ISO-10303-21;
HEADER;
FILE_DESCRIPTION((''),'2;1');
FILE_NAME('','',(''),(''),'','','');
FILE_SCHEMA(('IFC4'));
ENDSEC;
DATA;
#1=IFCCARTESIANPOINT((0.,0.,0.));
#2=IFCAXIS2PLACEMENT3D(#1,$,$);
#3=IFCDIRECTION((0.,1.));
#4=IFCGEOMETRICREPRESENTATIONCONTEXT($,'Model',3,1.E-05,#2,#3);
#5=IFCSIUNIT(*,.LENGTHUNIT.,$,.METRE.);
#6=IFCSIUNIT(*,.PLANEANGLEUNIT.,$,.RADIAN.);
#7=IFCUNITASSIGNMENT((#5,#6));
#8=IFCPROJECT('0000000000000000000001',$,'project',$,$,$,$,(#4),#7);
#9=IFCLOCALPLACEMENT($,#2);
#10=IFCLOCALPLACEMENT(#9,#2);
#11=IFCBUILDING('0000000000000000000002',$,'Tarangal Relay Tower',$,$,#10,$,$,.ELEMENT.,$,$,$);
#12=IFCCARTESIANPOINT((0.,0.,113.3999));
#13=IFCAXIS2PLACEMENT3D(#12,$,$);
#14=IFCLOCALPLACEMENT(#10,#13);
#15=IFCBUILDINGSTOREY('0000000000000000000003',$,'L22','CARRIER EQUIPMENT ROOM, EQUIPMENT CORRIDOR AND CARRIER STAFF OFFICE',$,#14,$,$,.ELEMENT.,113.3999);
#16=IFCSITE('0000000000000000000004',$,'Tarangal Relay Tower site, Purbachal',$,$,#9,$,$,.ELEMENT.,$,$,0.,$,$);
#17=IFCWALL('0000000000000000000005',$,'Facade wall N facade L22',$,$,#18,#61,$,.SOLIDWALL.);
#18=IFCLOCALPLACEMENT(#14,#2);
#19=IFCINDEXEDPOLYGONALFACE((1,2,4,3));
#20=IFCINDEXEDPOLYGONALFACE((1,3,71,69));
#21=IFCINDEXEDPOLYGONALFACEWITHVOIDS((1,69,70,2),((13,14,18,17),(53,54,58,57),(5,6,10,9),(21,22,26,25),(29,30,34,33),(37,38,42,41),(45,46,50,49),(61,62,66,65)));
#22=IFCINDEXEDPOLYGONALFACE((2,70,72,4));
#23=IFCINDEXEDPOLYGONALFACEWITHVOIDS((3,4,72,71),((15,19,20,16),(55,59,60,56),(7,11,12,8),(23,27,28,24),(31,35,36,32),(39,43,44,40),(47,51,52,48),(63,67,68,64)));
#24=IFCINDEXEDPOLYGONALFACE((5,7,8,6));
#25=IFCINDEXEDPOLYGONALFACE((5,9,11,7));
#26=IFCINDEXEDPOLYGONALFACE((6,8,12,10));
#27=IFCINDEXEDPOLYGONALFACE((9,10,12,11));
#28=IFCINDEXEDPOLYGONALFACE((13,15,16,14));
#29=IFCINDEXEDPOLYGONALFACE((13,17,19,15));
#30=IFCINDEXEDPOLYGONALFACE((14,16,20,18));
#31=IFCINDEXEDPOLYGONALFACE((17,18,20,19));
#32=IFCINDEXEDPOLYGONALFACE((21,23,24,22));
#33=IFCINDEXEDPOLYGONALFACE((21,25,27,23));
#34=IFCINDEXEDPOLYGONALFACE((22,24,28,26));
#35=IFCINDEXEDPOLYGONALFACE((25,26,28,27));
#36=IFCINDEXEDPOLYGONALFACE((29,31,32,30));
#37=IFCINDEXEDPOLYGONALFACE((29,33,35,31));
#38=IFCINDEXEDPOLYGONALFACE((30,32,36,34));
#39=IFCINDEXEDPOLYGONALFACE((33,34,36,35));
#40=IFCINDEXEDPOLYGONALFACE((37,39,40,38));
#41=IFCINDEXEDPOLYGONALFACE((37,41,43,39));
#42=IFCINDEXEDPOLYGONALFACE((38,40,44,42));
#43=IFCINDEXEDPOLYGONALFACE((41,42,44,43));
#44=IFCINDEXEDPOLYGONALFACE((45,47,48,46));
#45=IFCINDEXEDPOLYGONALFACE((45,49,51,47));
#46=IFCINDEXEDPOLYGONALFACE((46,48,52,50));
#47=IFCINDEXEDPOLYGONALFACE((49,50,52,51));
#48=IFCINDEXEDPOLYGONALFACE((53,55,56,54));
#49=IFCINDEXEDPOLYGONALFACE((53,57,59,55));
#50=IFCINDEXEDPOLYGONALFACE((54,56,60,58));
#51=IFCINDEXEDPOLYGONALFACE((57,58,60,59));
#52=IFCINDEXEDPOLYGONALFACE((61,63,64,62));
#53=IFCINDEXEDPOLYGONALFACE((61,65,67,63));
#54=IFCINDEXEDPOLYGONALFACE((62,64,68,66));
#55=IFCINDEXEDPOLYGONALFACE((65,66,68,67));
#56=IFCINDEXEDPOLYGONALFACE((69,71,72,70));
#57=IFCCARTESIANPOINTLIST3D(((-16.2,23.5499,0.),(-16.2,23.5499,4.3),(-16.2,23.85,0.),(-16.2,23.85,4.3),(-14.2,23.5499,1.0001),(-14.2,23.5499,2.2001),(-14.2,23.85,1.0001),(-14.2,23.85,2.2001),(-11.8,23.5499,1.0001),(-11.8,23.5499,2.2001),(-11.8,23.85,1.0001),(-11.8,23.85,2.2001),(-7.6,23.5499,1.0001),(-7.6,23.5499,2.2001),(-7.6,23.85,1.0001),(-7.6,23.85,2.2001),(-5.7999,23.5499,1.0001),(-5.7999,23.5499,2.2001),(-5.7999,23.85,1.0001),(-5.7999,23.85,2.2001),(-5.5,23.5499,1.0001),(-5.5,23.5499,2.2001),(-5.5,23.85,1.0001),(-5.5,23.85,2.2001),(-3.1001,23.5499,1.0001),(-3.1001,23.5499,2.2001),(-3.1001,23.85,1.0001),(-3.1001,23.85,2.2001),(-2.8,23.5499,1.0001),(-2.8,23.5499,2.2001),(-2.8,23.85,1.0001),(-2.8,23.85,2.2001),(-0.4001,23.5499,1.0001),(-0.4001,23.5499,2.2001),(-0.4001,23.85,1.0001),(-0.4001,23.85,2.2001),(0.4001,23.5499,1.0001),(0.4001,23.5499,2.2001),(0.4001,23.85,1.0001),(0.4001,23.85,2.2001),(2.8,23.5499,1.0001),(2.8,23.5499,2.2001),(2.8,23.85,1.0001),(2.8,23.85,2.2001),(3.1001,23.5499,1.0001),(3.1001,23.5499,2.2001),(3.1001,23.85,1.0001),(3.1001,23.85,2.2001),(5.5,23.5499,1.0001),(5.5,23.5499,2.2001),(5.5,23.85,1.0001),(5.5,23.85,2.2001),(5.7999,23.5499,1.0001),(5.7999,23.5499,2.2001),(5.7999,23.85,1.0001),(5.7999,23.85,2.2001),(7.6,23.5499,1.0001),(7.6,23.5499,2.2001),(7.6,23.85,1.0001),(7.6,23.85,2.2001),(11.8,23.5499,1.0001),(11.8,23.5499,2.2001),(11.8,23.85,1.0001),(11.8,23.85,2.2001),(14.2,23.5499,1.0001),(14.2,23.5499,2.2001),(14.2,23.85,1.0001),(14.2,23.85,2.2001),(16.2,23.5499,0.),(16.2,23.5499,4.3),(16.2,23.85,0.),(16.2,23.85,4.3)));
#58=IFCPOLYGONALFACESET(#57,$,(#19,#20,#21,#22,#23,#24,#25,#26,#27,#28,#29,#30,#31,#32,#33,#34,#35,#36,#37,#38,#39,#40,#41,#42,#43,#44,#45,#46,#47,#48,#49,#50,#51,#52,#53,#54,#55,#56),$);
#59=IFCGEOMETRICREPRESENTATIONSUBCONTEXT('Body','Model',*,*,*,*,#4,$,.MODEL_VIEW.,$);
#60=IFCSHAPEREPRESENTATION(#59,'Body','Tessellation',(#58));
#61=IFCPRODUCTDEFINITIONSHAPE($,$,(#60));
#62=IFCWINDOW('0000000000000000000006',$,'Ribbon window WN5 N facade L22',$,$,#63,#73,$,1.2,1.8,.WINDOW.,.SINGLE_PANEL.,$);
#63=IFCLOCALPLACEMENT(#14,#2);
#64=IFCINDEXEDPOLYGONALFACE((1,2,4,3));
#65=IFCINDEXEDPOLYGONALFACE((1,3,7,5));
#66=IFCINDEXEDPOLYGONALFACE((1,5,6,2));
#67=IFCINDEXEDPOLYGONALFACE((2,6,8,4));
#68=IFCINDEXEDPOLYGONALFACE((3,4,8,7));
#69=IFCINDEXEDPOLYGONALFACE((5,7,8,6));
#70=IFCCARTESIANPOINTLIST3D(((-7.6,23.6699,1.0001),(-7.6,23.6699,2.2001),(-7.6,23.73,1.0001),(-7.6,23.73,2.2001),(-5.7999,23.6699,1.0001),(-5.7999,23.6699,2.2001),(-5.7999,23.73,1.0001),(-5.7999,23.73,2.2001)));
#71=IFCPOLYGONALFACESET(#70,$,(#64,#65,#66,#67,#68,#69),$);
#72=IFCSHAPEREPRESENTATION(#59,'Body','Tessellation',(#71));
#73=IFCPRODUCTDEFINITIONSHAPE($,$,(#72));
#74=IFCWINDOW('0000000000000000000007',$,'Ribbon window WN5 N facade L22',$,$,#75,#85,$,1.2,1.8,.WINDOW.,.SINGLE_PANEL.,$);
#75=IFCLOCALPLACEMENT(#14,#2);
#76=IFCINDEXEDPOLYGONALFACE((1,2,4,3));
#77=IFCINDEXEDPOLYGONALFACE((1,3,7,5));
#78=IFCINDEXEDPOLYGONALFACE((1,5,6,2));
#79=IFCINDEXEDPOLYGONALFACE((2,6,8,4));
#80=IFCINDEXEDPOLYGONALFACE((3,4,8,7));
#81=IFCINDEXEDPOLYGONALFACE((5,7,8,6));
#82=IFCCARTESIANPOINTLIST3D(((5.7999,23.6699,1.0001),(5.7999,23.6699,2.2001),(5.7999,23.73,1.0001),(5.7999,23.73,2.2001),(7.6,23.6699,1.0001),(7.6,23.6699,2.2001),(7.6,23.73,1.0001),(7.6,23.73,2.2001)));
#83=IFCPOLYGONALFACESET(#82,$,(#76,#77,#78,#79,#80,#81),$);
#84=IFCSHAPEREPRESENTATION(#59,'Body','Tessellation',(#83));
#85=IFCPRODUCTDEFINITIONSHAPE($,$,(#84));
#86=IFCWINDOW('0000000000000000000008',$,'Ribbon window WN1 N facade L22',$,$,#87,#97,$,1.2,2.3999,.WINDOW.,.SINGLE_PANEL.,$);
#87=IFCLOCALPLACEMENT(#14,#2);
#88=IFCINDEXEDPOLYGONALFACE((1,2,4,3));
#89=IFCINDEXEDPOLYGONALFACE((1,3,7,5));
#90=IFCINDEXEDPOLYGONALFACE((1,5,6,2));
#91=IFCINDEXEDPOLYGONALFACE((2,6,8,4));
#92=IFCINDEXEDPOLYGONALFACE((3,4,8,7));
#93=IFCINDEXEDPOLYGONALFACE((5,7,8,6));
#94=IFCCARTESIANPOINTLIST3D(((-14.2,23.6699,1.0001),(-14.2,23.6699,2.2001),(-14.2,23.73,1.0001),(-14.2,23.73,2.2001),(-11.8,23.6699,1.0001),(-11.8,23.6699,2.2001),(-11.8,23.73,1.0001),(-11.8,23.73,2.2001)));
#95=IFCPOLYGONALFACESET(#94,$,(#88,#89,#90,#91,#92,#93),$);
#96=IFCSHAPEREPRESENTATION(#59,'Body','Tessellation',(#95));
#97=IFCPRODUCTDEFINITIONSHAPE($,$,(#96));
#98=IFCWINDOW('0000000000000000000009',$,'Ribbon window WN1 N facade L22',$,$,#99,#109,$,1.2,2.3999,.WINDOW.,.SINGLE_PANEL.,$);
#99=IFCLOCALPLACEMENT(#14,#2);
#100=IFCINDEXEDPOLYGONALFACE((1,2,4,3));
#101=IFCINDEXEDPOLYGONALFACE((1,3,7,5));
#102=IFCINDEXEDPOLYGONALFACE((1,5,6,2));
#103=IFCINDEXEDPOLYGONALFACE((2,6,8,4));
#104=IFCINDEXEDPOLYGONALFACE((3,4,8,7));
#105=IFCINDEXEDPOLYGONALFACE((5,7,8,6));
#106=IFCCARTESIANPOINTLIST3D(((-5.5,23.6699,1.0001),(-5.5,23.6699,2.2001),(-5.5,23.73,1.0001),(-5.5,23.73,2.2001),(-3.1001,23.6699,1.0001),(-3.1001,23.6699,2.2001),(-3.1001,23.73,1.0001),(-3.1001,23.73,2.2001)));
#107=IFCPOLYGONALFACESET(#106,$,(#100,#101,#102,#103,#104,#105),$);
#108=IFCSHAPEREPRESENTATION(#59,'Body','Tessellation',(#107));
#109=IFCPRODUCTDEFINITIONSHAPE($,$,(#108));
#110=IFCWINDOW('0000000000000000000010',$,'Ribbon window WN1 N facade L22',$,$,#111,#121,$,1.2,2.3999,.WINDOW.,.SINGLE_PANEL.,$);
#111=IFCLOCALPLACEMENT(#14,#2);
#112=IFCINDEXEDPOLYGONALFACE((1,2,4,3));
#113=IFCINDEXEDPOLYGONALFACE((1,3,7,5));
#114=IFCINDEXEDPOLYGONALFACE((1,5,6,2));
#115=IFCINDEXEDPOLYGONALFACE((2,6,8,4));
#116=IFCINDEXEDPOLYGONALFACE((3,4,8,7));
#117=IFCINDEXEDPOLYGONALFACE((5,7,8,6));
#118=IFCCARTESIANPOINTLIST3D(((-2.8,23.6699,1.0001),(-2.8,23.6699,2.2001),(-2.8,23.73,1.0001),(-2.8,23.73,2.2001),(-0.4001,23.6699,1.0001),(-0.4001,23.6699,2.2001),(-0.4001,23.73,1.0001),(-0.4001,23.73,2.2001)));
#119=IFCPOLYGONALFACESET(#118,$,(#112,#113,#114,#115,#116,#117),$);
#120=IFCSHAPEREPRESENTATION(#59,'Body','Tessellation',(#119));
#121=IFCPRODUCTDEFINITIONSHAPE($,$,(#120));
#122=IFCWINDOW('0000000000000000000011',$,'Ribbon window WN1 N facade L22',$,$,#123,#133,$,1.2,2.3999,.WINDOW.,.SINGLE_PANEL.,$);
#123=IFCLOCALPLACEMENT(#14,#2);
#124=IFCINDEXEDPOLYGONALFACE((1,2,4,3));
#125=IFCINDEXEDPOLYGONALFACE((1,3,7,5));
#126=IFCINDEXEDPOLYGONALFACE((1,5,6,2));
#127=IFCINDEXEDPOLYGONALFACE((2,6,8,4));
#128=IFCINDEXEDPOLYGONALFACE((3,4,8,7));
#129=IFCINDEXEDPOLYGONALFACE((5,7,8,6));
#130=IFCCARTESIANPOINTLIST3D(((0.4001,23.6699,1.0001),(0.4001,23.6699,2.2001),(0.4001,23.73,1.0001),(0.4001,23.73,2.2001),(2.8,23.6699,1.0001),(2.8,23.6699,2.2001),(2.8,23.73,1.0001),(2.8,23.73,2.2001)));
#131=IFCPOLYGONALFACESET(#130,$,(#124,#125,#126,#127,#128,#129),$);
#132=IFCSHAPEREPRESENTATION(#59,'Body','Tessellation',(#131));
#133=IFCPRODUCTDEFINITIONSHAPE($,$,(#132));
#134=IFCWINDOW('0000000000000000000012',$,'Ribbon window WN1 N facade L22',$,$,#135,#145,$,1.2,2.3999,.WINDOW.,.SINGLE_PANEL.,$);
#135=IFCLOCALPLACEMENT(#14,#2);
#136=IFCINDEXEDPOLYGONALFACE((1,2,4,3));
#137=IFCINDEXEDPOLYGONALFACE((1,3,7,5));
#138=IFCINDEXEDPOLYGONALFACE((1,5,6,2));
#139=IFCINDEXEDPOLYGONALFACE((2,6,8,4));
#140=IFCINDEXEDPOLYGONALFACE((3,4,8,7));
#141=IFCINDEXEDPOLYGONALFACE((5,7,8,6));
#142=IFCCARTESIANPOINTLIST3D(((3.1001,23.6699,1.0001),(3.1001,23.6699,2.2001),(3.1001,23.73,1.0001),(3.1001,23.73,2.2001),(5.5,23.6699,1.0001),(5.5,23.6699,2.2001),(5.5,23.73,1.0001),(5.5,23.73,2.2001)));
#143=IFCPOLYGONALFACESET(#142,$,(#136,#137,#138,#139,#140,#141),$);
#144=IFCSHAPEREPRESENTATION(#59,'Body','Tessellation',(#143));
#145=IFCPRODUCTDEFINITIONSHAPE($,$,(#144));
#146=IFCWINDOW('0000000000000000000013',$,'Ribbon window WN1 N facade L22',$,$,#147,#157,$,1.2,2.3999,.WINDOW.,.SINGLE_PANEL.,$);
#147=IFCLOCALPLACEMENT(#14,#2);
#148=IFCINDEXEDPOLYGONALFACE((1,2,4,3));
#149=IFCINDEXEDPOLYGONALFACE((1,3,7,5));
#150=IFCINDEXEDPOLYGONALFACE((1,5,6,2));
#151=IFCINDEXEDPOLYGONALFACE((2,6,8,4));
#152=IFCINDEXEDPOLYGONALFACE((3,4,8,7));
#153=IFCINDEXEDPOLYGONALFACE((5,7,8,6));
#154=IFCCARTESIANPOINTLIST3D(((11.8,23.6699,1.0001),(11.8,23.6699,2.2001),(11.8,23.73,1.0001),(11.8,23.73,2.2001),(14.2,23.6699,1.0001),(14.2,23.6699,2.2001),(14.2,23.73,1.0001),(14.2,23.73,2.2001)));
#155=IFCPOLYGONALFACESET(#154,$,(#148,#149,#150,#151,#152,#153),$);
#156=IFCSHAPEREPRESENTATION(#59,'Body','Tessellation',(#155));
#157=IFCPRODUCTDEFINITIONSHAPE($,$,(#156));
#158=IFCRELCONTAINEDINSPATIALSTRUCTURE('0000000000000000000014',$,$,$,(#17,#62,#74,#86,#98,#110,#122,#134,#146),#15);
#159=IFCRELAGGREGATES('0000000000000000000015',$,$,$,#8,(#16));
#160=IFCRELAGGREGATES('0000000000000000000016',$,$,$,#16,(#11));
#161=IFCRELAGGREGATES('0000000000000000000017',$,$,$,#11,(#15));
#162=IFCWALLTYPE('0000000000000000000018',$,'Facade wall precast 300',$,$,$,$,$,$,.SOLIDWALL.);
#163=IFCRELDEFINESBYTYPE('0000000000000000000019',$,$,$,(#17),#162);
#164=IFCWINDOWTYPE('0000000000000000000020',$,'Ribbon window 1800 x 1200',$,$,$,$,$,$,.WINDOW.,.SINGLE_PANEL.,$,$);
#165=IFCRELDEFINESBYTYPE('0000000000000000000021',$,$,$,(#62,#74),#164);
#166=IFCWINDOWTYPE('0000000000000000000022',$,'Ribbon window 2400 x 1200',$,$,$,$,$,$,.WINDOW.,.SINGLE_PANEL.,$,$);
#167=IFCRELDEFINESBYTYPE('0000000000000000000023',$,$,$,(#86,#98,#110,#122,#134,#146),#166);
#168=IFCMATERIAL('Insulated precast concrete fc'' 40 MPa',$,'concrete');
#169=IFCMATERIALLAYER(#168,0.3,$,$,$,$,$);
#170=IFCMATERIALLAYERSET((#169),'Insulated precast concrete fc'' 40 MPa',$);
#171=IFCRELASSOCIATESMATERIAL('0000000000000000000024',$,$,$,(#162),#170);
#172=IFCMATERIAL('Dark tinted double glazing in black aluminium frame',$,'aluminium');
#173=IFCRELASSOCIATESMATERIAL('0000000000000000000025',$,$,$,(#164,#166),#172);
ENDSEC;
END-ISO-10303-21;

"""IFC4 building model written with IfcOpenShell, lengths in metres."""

from ifc_helpers import new_model, si_unit, direction, frame, frame_2d, origin, place, context, subcontext, project, spatial, rectangle, extrude, material, layer, layer_set, type_object, element, fill, save


model = new_model("IFC4")

# Units and contexts
model_context = context("Model", 3, precision=1e-05, world=origin(), true_north=direction((0.0, 1.0)))
body_context = subcontext(model_context, "Body", "Model", "MODEL_VIEW")
ifc_project = project(units=[si_unit("LENGTHUNIT", "METRE"), si_unit("PLANEANGLEUNIT", "RADIAN")], contexts=[model_context])

# Site, building, storey
site_placement = place(None, origin())
site = spatial("IfcSite", under=ifc_project, at=site_placement, Name="Tarangal Relay Tower site, Purbachal", CompositionType="ELEMENT", RefElevation=0.0)
building_placement = place(site_placement, origin())
building = spatial("IfcBuilding", under=site, at=building_placement, Name="Tarangal Relay Tower", CompositionType="ELEMENT")
storey_placement = place(building_placement, frame((0.0, 0.0, 113.3999)))
storey = spatial("IfcBuildingStorey", under=building, at=storey_placement, Name="L22", Description="CARRIER EQUIPMENT ROOM, EQUIPMENT CORRIDOR AND CARRIER STAFF OFFICE", CompositionType="ELEMENT", Elevation=113.3999)

# Wall, openings, windows
ifc_material_1 = material(Name="Insulated precast concrete fc' 40 MPa", Category="concrete")
ifc_layer_1 = layer(ifc_material_1, 0.3)
ifc_layer_set_1 = layer_set([ifc_layer_1], Name="Insulated precast concrete fc' 40 MPa")
wall_type_1 = type_object("IfcWallType", Name="Facade wall precast 300", PredefinedType="SOLIDWALL", material=ifc_layer_set_1)
wall_1_placement = place(storey_placement, frame((-16.2, 23.7, 0.0), z_axis=(0.0, 0.0, 1.0), x_axis=(1.0, 0.0, 0.0)))
wall_1 = element("IfcWall", 1, at=wall_1_placement, inside=storey, type_object=wall_type_1, Name="Facade wall N facade L22", PredefinedType="SOLIDWALL", context=body_context, shape_type="SweptSolid", body=[
    extrude(rectangle(XDim=32.3999, YDim=0.3, at=frame_2d((16.2, 0.0))), origin(), (0.0, 0.0, 1.0), 4.3),
])
opening_1_placement = place(wall_1_placement, frame((2.0, 0.0, 1.0)))
opening_1 = element("IfcOpeningElement", 2, at=opening_1_placement, cuts=wall_1, PredefinedType="OPENING", context=body_context, shape_type="SweptSolid", body=[
    extrude(rectangle(XDim=2.3999, YDim=1.2, at=frame_2d((1.2, 0.6001))), frame((0.0, 0.1599, 0.0), z_axis=(0.0, -1.0, 0.0), x_axis=(1.0, 0.0, 0.0)), (0.0, 0.0, 1.0), 0.3201),
])
opening_2_placement = place(wall_1_placement, frame((8.6001, 0.0, 1.0)))
opening_2 = element("IfcOpeningElement", 3, at=opening_2_placement, cuts=wall_1, PredefinedType="OPENING", context=body_context, shape_type="SweptSolid", body=[
    extrude(rectangle(XDim=1.8, YDim=1.2, at=frame_2d((0.8999, 0.6001))), frame((0.0, 0.1599, 0.0), z_axis=(0.0, -1.0, 0.0), x_axis=(1.0, 0.0, 0.0)), (0.0, 0.0, 1.0), 0.3201),
])
opening_3_placement = place(wall_1_placement, frame((10.7, 0.0, 1.0)))
opening_3 = element("IfcOpeningElement", 4, at=opening_3_placement, cuts=wall_1, PredefinedType="OPENING", context=body_context, shape_type="SweptSolid", body=[
    extrude(rectangle(XDim=2.3999, YDim=1.2, at=frame_2d((1.2, 0.6001))), frame((0.0, 0.1599, 0.0), z_axis=(0.0, -1.0, 0.0), x_axis=(1.0, 0.0, 0.0)), (0.0, 0.0, 1.0), 0.3201),
])
opening_4_placement = place(wall_1_placement, frame((13.3999, 0.0, 1.0)))
opening_4 = element("IfcOpeningElement", 5, at=opening_4_placement, cuts=wall_1, PredefinedType="OPENING", context=body_context, shape_type="SweptSolid", body=[
    extrude(rectangle(XDim=2.3999, YDim=1.2, at=frame_2d((1.2, 0.6001))), frame((0.0, 0.1599, 0.0), z_axis=(0.0, -1.0, 0.0), x_axis=(1.0, 0.0, 0.0)), (0.0, 0.0, 1.0), 0.3201),
])
opening_5_placement = place(wall_1_placement, frame((16.6001, 0.0, 1.0)))
opening_5 = element("IfcOpeningElement", 6, at=opening_5_placement, cuts=wall_1, PredefinedType="OPENING", context=body_context, shape_type="SweptSolid", body=[
    extrude(rectangle(XDim=2.3999, YDim=1.2, at=frame_2d((1.2, 0.6001))), frame((0.0, 0.1599, 0.0), z_axis=(0.0, -1.0, 0.0), x_axis=(1.0, 0.0, 0.0)), (0.0, 0.0, 1.0), 0.3201),
])
opening_6_placement = place(wall_1_placement, frame((19.3, 0.0, 1.0)))
opening_6 = element("IfcOpeningElement", 7, at=opening_6_placement, cuts=wall_1, PredefinedType="OPENING", context=body_context, shape_type="SweptSolid", body=[
    extrude(rectangle(XDim=2.3999, YDim=1.2, at=frame_2d((1.2, 0.6001))), frame((0.0, 0.1599, 0.0), z_axis=(0.0, -1.0, 0.0), x_axis=(1.0, 0.0, 0.0)), (0.0, 0.0, 1.0), 0.3201),
])
opening_7_placement = place(wall_1_placement, frame((22.0, 0.0, 1.0)))
opening_7 = element("IfcOpeningElement", 8, at=opening_7_placement, cuts=wall_1, PredefinedType="OPENING", context=body_context, shape_type="SweptSolid", body=[
    extrude(rectangle(XDim=1.8, YDim=1.2, at=frame_2d((0.8999, 0.6001))), frame((0.0, 0.1599, 0.0), z_axis=(0.0, -1.0, 0.0), x_axis=(1.0, 0.0, 0.0)), (0.0, 0.0, 1.0), 0.3201),
])
opening_8_placement = place(wall_1_placement, frame((28.0, 0.0, 1.0)))
opening_8 = element("IfcOpeningElement", 9, at=opening_8_placement, cuts=wall_1, PredefinedType="OPENING", context=body_context, shape_type="SweptSolid", body=[
    extrude(rectangle(XDim=2.3999, YDim=1.2, at=frame_2d((1.2, 0.6001))), frame((0.0, 0.1599, 0.0), z_axis=(0.0, -1.0, 0.0), x_axis=(1.0, 0.0, 0.0)), (0.0, 0.0, 1.0), 0.3201),
])
ifc_material_2 = material(Name="Dark tinted double glazing in black aluminium frame", Category="aluminium")
window_type_1 = type_object("IfcWindowType", Name="Ribbon window 1800 x 1200", PartitioningType="SINGLE_PANEL", PredefinedType="WINDOW", material=ifc_material_2)
window_1_placement = place(opening_2_placement, origin())
window_1 = element("IfcWindow", 10, at=window_1_placement, inside=storey, type_object=window_type_1, Name="Ribbon window WN5 N facade L22", OverallHeight=1.2, OverallWidth=1.8, PartitioningType="SINGLE_PANEL", PredefinedType="WINDOW", context=body_context, shape_type="SweptSolid", body=[
    extrude(rectangle(XDim=1.8, YDim=1.2, at=frame_2d((0.8999, 0.6001))), frame((0.0, 0.03, 0.0), z_axis=(0.0, -1.0, 0.0), x_axis=(1.0, 0.0, 0.0)), (0.0, 0.0, 1.0), 0.0601),
])
fill(opening_2, window_1)
window_2_placement = place(opening_7_placement, origin())
window_2 = element("IfcWindow", 11, at=window_2_placement, inside=storey, type_object=window_type_1, Name="Ribbon window WN5 N facade L22", OverallHeight=1.2, OverallWidth=1.8, PartitioningType="SINGLE_PANEL", PredefinedType="WINDOW", context=body_context, shape_type="SweptSolid", body=[
    extrude(rectangle(XDim=1.8, YDim=1.2, at=frame_2d((0.8999, 0.6001))), frame((0.0, 0.03, 0.0), z_axis=(0.0, -1.0, 0.0), x_axis=(1.0, 0.0, 0.0)), (0.0, 0.0, 1.0), 0.0601),
])
fill(opening_7, window_2)
window_type_2 = type_object("IfcWindowType", Name="Ribbon window 2400 x 1200", PartitioningType="SINGLE_PANEL", PredefinedType="WINDOW", material=ifc_material_2)
window_3_placement = place(opening_1_placement, origin())
window_3 = element("IfcWindow", 12, at=window_3_placement, inside=storey, type_object=window_type_2, Name="Ribbon window WN1 N facade L22", OverallHeight=1.2, OverallWidth=2.3999, PartitioningType="SINGLE_PANEL", PredefinedType="WINDOW", context=body_context, shape_type="SweptSolid", body=[
    extrude(rectangle(XDim=2.3999, YDim=1.2, at=frame_2d((1.2, 0.6001))), frame((0.0, 0.03, 0.0), z_axis=(0.0, -1.0, 0.0), x_axis=(1.0, 0.0, 0.0)), (0.0, 0.0, 1.0), 0.0601),
])
fill(opening_1, window_3)
window_4_placement = place(opening_3_placement, origin())
window_4 = element("IfcWindow", 13, at=window_4_placement, inside=storey, type_object=window_type_2, Name="Ribbon window WN1 N facade L22", OverallHeight=1.2, OverallWidth=2.3999, PartitioningType="SINGLE_PANEL", PredefinedType="WINDOW", context=body_context, shape_type="SweptSolid", body=[
    extrude(rectangle(XDim=2.3999, YDim=1.2, at=frame_2d((1.2, 0.6001))), frame((0.0, 0.03, 0.0), z_axis=(0.0, -1.0, 0.0), x_axis=(1.0, 0.0, 0.0)), (0.0, 0.0, 1.0), 0.0601),
])
fill(opening_3, window_4)
window_5_placement = place(opening_4_placement, origin())
window_5 = element("IfcWindow", 14, at=window_5_placement, inside=storey, type_object=window_type_2, Name="Ribbon window WN1 N facade L22", OverallHeight=1.2, OverallWidth=2.3999, PartitioningType="SINGLE_PANEL", PredefinedType="WINDOW", context=body_context, shape_type="SweptSolid", body=[
    extrude(rectangle(XDim=2.3999, YDim=1.2, at=frame_2d((1.2, 0.6001))), frame((0.0, 0.03, 0.0), z_axis=(0.0, -1.0, 0.0), x_axis=(1.0, 0.0, 0.0)), (0.0, 0.0, 1.0), 0.0601),
])
fill(opening_4, window_5)
window_6_placement = place(opening_5_placement, origin())
window_6 = element("IfcWindow", 15, at=window_6_placement, inside=storey, type_object=window_type_2, Name="Ribbon window WN1 N facade L22", OverallHeight=1.2, OverallWidth=2.3999, PartitioningType="SINGLE_PANEL", PredefinedType="WINDOW", context=body_context, shape_type="SweptSolid", body=[
    extrude(rectangle(XDim=2.3999, YDim=1.2, at=frame_2d((1.2, 0.6001))), frame((0.0, 0.03, 0.0), z_axis=(0.0, -1.0, 0.0), x_axis=(1.0, 0.0, 0.0)), (0.0, 0.0, 1.0), 0.0601),
])
fill(opening_5, window_6)
window_7_placement = place(opening_6_placement, origin())
window_7 = element("IfcWindow", 16, at=window_7_placement, inside=storey, type_object=window_type_2, Name="Ribbon window WN1 N facade L22", OverallHeight=1.2, OverallWidth=2.3999, PartitioningType="SINGLE_PANEL", PredefinedType="WINDOW", context=body_context, shape_type="SweptSolid", body=[
    extrude(rectangle(XDim=2.3999, YDim=1.2, at=frame_2d((1.2, 0.6001))), frame((0.0, 0.03, 0.0), z_axis=(0.0, -1.0, 0.0), x_axis=(1.0, 0.0, 0.0)), (0.0, 0.0, 1.0), 0.0601),
])
fill(opening_6, window_7)
window_8_placement = place(opening_8_placement, origin())
window_8 = element("IfcWindow", 17, at=window_8_placement, inside=storey, type_object=window_type_2, Name="Ribbon window WN1 N facade L22", OverallHeight=1.2, OverallWidth=2.3999, PartitioningType="SINGLE_PANEL", PredefinedType="WINDOW", context=body_context, shape_type="SweptSolid", body=[
    extrude(rectangle(XDim=2.3999, YDim=1.2, at=frame_2d((1.2, 0.6001))), frame((0.0, 0.03, 0.0), z_axis=(0.0, -1.0, 0.0), x_axis=(1.0, 0.0, 0.0)), (0.0, 0.0, 1.0), 0.0601),
])
fill(opening_8, window_8)

save(model, "model.ifc")
